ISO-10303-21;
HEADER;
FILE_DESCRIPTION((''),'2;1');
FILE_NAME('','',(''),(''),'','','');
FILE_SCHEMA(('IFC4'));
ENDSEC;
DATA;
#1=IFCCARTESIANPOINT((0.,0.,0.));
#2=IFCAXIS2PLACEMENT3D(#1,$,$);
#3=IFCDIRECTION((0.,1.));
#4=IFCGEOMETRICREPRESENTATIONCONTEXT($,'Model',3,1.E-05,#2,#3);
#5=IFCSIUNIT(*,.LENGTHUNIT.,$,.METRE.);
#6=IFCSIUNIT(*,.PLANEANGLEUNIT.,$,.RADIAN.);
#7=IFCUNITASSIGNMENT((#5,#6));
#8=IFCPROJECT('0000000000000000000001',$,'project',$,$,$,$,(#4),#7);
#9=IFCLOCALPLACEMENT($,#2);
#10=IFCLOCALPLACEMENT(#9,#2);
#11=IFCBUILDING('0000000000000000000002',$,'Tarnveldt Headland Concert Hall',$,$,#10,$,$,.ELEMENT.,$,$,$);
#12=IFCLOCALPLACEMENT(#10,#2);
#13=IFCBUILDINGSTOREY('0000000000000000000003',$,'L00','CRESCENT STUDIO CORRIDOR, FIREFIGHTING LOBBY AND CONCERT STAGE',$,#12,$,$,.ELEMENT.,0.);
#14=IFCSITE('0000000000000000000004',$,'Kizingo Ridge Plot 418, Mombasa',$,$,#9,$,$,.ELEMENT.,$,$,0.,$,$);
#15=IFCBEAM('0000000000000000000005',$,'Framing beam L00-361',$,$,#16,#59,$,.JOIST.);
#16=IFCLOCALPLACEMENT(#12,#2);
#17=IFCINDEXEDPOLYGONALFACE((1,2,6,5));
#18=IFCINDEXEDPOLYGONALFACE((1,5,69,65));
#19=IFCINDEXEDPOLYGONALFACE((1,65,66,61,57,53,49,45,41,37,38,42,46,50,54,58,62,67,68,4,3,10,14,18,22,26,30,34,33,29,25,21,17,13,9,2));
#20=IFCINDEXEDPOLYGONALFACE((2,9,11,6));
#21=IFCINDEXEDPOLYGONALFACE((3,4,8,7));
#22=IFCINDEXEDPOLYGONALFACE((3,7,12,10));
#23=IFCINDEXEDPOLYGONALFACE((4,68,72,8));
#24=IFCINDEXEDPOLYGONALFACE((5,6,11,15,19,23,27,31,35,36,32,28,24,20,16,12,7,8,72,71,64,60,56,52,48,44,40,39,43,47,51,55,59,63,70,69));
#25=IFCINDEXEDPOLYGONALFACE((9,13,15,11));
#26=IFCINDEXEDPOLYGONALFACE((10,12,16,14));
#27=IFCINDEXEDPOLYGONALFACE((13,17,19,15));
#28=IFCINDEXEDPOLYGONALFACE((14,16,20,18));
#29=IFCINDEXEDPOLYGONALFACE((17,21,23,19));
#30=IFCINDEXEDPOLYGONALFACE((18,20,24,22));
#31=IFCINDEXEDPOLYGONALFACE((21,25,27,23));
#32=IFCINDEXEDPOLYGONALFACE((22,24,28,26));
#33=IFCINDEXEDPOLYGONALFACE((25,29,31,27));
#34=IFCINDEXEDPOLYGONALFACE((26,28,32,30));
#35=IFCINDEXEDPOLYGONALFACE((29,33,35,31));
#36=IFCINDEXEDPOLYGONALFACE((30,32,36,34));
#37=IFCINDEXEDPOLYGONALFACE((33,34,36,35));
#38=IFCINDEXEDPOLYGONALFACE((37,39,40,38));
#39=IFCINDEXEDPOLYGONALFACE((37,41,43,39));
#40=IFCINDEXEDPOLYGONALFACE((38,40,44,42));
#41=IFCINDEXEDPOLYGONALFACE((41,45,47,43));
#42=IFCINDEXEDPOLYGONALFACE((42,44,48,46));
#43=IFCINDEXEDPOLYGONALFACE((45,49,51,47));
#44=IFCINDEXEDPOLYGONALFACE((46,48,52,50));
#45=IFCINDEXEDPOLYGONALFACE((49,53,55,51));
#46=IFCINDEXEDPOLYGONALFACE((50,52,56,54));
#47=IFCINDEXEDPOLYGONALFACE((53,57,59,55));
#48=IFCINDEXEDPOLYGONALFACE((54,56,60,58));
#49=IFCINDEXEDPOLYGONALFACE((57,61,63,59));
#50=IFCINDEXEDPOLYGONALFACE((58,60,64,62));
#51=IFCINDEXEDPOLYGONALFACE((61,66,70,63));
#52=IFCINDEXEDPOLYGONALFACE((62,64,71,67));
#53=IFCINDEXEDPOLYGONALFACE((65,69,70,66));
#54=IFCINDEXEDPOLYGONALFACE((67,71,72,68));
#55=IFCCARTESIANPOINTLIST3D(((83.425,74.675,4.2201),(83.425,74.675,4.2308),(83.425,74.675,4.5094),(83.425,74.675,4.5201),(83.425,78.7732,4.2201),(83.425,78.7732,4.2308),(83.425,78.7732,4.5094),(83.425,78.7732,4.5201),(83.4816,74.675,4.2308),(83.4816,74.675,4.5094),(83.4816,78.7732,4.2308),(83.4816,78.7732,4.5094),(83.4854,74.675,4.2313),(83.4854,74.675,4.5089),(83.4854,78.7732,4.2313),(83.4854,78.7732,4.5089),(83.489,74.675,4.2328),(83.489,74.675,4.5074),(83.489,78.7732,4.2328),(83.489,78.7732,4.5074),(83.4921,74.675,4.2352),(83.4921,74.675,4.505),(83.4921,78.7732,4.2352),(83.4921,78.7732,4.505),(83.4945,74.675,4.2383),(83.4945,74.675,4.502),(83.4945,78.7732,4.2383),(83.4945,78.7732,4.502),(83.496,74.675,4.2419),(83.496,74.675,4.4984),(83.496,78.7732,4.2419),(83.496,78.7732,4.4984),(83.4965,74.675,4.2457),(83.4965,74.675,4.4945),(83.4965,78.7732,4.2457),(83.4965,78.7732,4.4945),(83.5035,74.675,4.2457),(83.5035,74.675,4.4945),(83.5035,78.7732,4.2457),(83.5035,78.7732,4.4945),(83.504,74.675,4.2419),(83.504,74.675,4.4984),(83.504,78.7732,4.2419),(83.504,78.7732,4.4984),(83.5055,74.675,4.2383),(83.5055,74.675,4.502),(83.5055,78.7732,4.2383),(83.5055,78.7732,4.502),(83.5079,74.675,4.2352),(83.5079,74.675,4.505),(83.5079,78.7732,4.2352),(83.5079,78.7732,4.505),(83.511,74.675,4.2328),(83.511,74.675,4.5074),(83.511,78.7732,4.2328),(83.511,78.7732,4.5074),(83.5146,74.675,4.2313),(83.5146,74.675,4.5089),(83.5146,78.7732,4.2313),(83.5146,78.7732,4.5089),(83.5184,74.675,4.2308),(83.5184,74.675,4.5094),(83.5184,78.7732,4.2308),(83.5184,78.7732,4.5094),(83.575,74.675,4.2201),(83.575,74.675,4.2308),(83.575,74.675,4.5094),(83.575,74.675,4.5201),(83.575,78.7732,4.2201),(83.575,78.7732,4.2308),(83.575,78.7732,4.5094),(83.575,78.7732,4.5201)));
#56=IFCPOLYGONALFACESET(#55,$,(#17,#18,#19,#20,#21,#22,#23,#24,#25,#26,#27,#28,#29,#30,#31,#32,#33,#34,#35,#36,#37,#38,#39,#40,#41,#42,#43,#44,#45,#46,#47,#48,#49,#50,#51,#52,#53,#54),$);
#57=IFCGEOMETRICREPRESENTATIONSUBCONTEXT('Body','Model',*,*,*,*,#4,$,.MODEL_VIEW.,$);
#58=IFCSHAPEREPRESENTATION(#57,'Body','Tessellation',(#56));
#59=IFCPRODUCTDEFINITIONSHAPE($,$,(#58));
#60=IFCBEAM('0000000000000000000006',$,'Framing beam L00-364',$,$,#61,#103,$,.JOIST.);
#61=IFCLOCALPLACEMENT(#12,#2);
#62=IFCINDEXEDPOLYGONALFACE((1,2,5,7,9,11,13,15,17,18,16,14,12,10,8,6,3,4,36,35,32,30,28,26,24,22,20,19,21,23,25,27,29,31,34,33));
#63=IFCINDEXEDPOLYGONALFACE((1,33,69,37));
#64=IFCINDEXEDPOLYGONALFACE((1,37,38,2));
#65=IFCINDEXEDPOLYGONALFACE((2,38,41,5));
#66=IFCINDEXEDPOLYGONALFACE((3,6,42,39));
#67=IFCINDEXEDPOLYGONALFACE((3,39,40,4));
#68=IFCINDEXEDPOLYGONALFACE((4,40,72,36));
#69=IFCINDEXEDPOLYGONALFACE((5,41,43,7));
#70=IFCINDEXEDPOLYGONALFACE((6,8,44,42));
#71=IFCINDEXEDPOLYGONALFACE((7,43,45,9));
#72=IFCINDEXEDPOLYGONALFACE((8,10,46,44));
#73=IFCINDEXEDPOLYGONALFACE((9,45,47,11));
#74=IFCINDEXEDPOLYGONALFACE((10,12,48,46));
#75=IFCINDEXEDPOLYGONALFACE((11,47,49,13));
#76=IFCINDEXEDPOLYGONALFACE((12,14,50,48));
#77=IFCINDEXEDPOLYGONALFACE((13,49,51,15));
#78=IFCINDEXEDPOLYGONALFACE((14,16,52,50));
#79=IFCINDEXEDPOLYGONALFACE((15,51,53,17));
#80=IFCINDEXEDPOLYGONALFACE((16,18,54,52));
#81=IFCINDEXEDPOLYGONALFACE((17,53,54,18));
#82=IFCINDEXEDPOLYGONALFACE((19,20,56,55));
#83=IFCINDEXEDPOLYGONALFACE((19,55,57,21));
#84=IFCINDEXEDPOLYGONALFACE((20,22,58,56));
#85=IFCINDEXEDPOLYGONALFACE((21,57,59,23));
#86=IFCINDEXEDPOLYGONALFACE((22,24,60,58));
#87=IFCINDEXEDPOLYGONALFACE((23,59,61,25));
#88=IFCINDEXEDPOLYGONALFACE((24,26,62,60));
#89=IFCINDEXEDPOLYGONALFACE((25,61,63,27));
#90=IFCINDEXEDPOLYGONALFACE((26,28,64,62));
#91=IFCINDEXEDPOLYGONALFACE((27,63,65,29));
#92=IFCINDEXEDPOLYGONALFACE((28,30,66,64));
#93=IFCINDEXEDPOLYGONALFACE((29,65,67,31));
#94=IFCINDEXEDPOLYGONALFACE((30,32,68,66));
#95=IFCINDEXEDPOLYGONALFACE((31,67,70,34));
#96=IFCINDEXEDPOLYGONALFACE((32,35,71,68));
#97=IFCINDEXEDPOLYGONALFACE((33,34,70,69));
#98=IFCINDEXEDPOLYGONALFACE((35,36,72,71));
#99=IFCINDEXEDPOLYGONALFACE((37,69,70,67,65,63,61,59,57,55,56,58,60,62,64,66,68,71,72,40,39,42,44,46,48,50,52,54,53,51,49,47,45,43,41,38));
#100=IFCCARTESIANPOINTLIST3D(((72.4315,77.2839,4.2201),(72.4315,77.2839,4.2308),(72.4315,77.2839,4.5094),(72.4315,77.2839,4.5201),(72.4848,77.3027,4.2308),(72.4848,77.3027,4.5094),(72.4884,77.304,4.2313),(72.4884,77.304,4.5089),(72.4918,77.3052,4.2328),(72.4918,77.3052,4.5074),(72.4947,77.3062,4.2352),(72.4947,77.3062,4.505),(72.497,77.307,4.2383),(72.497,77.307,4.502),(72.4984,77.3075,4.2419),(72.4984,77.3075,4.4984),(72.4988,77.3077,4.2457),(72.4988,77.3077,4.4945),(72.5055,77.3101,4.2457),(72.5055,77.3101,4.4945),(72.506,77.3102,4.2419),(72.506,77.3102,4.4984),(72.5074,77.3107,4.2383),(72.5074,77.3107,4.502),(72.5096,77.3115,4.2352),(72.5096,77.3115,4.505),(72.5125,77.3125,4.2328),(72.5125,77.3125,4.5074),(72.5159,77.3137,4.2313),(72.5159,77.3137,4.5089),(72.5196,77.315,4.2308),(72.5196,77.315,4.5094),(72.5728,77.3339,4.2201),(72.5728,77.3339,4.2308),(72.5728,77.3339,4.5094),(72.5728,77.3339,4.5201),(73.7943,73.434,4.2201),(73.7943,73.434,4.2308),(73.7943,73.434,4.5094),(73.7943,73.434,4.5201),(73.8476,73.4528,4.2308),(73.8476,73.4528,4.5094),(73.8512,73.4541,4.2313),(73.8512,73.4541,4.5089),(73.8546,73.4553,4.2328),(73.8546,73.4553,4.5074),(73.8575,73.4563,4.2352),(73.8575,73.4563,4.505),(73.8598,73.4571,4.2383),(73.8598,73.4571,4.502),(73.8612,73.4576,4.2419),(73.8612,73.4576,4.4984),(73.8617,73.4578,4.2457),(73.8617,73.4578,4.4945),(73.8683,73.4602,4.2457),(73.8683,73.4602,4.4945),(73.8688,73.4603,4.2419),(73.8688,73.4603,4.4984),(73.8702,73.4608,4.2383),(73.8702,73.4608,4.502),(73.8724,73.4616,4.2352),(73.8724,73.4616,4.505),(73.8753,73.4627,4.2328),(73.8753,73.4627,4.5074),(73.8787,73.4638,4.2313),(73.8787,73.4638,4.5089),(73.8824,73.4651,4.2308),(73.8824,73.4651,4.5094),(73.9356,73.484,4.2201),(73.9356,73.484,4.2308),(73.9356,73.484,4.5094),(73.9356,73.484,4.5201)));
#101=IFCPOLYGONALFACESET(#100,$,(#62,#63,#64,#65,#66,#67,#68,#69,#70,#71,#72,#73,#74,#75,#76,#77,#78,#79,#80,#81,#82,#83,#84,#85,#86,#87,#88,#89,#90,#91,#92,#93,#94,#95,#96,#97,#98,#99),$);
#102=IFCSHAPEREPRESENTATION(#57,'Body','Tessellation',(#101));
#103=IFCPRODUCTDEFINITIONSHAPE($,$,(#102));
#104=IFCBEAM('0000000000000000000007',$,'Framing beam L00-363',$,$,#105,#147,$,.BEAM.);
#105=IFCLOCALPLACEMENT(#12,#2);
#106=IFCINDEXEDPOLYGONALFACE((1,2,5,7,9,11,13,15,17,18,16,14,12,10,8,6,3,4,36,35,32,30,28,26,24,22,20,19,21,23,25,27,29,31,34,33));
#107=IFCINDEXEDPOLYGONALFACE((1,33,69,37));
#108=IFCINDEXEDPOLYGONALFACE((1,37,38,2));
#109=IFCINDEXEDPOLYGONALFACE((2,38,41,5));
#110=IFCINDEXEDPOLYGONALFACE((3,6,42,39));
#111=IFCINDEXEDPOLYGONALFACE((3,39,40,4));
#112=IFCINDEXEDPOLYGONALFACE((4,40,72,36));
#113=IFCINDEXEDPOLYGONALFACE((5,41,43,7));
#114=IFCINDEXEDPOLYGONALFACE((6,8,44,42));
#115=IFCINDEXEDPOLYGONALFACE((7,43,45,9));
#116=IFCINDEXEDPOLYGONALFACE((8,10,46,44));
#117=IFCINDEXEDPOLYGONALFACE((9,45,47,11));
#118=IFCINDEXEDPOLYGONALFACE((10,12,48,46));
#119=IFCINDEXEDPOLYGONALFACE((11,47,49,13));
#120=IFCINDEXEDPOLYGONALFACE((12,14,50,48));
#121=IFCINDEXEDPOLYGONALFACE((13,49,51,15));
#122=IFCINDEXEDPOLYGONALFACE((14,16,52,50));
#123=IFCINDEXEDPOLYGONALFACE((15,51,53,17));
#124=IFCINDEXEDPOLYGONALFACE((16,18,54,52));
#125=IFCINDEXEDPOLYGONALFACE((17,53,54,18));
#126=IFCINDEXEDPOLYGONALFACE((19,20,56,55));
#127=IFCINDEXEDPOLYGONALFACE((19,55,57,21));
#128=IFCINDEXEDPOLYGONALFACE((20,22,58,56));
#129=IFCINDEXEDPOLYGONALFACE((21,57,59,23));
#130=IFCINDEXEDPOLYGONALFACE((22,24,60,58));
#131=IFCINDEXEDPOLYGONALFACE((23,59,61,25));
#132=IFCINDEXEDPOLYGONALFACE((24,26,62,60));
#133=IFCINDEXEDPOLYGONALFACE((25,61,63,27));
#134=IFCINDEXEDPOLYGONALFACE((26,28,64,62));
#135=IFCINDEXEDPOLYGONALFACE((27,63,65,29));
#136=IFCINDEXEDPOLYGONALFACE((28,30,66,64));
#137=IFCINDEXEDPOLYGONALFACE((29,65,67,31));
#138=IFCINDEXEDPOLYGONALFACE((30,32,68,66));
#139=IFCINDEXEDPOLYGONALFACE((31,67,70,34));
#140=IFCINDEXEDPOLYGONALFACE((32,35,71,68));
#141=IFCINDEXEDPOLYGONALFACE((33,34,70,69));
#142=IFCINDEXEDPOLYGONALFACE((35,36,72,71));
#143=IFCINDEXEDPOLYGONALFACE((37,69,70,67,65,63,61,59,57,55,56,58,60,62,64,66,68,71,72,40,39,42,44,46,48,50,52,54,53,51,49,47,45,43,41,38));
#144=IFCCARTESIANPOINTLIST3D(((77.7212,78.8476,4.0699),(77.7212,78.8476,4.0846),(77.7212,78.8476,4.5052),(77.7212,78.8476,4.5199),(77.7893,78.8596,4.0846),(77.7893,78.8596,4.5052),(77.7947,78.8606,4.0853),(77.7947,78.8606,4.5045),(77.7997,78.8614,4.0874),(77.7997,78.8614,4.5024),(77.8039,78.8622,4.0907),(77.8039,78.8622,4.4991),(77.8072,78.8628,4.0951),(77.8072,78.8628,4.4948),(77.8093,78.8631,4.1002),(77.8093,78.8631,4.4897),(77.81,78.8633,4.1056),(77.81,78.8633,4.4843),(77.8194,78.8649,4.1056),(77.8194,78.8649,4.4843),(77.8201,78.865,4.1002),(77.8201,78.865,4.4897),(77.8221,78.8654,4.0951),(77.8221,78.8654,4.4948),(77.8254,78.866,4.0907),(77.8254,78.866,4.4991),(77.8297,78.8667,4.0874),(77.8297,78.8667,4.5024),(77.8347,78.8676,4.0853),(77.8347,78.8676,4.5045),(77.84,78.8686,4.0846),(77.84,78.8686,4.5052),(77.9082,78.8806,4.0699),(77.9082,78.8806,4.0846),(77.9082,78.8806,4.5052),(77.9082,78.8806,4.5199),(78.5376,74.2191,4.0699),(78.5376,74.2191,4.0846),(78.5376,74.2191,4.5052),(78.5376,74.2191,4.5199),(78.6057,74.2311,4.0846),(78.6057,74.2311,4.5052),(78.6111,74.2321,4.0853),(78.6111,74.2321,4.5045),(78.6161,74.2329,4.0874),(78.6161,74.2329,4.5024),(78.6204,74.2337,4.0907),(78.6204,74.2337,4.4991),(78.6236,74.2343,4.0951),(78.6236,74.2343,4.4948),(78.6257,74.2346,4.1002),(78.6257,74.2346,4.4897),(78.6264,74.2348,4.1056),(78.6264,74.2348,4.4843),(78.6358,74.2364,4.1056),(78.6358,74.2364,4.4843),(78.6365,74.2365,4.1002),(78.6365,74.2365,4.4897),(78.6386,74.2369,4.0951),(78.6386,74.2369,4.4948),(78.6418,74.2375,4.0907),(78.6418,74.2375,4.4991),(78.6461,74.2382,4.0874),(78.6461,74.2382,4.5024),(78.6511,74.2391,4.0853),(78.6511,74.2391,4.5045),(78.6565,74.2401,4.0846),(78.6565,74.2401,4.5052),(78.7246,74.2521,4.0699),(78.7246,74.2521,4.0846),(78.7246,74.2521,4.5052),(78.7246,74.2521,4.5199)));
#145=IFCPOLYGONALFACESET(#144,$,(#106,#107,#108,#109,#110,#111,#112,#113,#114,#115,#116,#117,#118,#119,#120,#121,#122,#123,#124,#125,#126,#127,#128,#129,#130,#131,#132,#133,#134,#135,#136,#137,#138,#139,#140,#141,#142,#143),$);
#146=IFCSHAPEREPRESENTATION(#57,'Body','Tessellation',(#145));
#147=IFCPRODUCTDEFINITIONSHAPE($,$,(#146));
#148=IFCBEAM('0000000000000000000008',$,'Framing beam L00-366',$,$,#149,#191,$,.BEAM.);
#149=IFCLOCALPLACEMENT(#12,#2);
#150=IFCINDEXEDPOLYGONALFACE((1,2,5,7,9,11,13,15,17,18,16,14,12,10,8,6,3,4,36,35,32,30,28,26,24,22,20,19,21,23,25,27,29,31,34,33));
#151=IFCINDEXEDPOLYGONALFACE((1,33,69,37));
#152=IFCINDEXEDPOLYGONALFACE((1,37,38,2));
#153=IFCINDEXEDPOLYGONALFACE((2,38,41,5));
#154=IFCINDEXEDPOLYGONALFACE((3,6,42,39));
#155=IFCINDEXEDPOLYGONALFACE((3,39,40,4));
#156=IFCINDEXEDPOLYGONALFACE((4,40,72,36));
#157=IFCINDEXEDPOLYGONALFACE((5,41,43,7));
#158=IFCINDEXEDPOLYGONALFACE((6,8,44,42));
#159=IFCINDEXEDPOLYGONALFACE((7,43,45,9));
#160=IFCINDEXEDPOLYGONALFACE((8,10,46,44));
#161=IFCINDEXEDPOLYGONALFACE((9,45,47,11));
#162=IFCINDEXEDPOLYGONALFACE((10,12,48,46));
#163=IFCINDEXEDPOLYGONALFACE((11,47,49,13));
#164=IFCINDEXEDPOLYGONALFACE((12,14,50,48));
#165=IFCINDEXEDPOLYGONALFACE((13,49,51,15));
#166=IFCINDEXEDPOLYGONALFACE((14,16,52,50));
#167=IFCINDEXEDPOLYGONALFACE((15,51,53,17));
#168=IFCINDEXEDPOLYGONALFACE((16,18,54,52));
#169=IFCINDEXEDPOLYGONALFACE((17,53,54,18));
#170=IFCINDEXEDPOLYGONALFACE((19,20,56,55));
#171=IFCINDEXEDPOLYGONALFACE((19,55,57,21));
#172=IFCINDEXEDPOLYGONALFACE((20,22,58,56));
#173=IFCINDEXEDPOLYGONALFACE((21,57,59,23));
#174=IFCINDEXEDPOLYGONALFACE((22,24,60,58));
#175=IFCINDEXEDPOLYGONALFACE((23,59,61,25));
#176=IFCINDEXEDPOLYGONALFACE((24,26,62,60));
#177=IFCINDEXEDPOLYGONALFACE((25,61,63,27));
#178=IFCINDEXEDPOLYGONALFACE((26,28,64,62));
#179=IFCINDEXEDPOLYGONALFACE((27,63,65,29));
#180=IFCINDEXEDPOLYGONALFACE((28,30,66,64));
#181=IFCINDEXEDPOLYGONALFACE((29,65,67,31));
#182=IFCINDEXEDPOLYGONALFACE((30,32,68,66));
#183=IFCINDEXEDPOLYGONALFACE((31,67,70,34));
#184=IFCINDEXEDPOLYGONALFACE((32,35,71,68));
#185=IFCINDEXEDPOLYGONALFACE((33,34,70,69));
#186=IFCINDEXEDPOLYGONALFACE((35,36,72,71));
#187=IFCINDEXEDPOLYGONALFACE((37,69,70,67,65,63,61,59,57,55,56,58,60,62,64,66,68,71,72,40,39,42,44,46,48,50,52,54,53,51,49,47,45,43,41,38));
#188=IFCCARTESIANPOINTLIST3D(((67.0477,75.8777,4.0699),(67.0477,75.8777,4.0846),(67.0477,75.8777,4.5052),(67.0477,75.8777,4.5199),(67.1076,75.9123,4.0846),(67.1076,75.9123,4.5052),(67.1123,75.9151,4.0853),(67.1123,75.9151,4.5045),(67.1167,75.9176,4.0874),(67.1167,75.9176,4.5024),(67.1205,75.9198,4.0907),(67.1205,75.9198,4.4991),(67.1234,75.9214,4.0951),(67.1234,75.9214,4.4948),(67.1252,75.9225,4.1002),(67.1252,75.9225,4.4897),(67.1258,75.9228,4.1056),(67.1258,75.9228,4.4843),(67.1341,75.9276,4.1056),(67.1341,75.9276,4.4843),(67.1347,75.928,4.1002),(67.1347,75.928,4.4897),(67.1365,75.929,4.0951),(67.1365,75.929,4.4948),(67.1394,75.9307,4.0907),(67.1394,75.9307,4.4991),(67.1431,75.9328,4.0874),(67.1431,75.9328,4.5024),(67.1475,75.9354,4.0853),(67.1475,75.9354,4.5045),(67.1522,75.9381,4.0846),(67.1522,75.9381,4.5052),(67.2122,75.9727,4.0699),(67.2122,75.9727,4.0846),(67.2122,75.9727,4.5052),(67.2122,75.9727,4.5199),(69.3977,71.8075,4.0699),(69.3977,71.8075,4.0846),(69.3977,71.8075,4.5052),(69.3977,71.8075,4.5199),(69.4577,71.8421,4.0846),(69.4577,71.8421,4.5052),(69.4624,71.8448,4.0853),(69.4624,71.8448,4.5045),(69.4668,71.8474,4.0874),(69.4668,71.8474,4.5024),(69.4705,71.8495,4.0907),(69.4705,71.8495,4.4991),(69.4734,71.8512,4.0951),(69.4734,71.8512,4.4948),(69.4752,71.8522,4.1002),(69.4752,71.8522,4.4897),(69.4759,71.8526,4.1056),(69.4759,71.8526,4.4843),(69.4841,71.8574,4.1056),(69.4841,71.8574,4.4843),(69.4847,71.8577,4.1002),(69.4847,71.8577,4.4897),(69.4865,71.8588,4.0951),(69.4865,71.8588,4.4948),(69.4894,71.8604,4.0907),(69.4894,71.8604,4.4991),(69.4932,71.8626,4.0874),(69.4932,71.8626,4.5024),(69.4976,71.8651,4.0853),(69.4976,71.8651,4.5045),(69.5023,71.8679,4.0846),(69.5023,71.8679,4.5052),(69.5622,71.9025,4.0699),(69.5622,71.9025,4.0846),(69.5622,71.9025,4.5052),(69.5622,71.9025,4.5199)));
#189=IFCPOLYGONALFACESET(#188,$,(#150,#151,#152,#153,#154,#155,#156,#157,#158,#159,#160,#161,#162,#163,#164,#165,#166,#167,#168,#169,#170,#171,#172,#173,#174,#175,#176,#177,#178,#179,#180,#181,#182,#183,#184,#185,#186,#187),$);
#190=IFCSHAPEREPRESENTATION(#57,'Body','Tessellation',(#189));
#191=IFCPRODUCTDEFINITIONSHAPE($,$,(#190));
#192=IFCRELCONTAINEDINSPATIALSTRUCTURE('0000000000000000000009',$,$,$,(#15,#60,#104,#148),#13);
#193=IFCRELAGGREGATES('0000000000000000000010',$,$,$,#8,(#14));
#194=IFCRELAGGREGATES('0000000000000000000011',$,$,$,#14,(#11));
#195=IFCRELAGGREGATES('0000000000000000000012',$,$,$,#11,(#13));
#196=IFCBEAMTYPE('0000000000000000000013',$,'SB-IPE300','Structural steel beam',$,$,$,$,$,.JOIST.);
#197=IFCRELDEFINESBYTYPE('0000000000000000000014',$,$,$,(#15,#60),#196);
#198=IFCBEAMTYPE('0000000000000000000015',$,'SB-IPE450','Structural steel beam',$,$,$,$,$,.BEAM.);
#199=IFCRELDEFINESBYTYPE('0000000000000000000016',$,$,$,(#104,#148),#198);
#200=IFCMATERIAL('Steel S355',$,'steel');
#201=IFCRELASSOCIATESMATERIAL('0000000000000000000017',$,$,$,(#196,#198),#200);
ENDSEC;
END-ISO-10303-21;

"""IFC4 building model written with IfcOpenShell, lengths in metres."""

from ifc_helpers import new_model, si_unit, direction, frame, origin, origin_2d, place, context, subcontext, project, spatial, i_section, extrude, material, material_profile, profile_set, type_object, element, save


model = new_model("IFC4")

# Units and contexts
model_context = context("Model", 3, precision=1e-05, world=origin(), true_north=direction((0.0, 1.0)))
body_context = subcontext(model_context, "Body", "Model", "MODEL_VIEW")
ifc_project = project(units=[si_unit("LENGTHUNIT", "METRE"), si_unit("PLANEANGLEUNIT", "RADIAN")], contexts=[model_context])

# Site, building, storey
site_placement = place(None, origin())
site = spatial("IfcSite", under=ifc_project, at=site_placement, Name="Kizingo Ridge Plot 418, Mombasa", CompositionType="ELEMENT", RefElevation=0.0)
building_placement = place(site_placement, origin())
building = spatial("IfcBuilding", under=site, at=building_placement, Name="Tarnveldt Headland Concert Hall", CompositionType="ELEMENT")
storey_placement = place(building_placement, origin())
storey = spatial("IfcBuildingStorey", under=building, at=storey_placement, Name="L00", Description="CRESCENT STUDIO CORRIDOR, FIREFIGHTING LOBBY AND CONCERT STAGE", CompositionType="ELEMENT", Elevation=0.0)

# Shared definitions
ifc_material_1 = material(Name="Steel S355", Category="steel")

# Beams
ifc_material_profile_1 = material_profile(ifc_material_1, i_section(OverallWidth=0.1499, OverallDepth=0.3, WebThickness=0.0071, FlangeThickness=0.0107, FilletRadius=0.0149, at=origin_2d()), Name="IPE300", Category="steel")
ifc_profile_set_1 = profile_set([ifc_material_profile_1], Name="Steel S355")
beam_type_1 = type_object("IfcBeamType", Name="SB-IPE300", Description="Structural steel beam", PredefinedType="JOIST", material=ifc_profile_set_1)
beam_1_placement = place(storey_placement, frame((83.5, 74.675, 4.3701), z_axis=(0.0, 1.0, 0.0), x_axis=(-1.0, 0.0, 0.0)))
element("IfcBeam", 1, at=beam_1_placement, inside=storey, type_object=beam_type_1, Name="Framing beam L00-361", PredefinedType="JOIST", context=body_context, shape_type="SweptSolid", body=[
    extrude(i_section(OverallWidth=0.1499, OverallDepth=0.3, WebThickness=0.0071, FlangeThickness=0.0107, FilletRadius=0.0149, at=origin_2d()), origin(), (0.0, 0.0, 1.0), 4.0981),
])
beam_2_placement = place(storey_placement, frame((73.865, 73.459, 4.3701), z_axis=(-0.333696, 0.942681, 0.0), x_axis=(-0.942681, -0.333696, 0.0)))
element("IfcBeam", 2, at=beam_2_placement, inside=storey, type_object=beam_type_1, Name="Framing beam L00-364", PredefinedType="JOIST", context=body_context, shape_type="SweptSolid", body=[
    extrude(i_section(OverallWidth=0.1499, OverallDepth=0.3, WebThickness=0.0071, FlangeThickness=0.0107, FilletRadius=0.0149, at=origin_2d()), origin(), (0.0, 0.0, 1.0), 4.084),
])
ifc_material_profile_2 = material_profile(ifc_material_1, i_section(OverallWidth=0.1899, OverallDepth=0.45, WebThickness=0.0095, FlangeThickness=0.0146, FilletRadius=0.021, at=origin_2d()), Name="IPE450", Category="steel")
ifc_profile_set_2 = profile_set([ifc_material_profile_2], Name="Steel S355")
beam_type_2 = type_object("IfcBeamType", Name="SB-IPE450", Description="Structural steel beam", PredefinedType="BEAM", material=ifc_profile_set_2)
for number, where, z_axis, x_axis, name in (
    (3, (78.6311, 74.2356, 4.2949), (-0.173708, 0.984797, 0.0), (-0.984797, -0.173708, 0.0), "Framing beam L00-363"),
    (4, (69.48, 71.855, 4.2949), (-0.500016, 0.866016, 0.0), (-0.866016, -0.500016, 0.0), "Framing beam L00-366"),
):
    element("IfcBeam", number, at=place(storey_placement, frame(where, z_axis=z_axis, x_axis=x_axis)), inside=storey, type_object=beam_type_2, Name=name, PredefinedType="BEAM", context=body_context, shape_type="SweptSolid", body=[
        extrude(i_section(OverallWidth=0.1899, OverallDepth=0.45, WebThickness=0.0095, FlangeThickness=0.0146, FilletRadius=0.021, at=origin_2d()), origin(), (0.0, 0.0, 1.0), 4.7),
    ])

save(model, "model.ifc")
